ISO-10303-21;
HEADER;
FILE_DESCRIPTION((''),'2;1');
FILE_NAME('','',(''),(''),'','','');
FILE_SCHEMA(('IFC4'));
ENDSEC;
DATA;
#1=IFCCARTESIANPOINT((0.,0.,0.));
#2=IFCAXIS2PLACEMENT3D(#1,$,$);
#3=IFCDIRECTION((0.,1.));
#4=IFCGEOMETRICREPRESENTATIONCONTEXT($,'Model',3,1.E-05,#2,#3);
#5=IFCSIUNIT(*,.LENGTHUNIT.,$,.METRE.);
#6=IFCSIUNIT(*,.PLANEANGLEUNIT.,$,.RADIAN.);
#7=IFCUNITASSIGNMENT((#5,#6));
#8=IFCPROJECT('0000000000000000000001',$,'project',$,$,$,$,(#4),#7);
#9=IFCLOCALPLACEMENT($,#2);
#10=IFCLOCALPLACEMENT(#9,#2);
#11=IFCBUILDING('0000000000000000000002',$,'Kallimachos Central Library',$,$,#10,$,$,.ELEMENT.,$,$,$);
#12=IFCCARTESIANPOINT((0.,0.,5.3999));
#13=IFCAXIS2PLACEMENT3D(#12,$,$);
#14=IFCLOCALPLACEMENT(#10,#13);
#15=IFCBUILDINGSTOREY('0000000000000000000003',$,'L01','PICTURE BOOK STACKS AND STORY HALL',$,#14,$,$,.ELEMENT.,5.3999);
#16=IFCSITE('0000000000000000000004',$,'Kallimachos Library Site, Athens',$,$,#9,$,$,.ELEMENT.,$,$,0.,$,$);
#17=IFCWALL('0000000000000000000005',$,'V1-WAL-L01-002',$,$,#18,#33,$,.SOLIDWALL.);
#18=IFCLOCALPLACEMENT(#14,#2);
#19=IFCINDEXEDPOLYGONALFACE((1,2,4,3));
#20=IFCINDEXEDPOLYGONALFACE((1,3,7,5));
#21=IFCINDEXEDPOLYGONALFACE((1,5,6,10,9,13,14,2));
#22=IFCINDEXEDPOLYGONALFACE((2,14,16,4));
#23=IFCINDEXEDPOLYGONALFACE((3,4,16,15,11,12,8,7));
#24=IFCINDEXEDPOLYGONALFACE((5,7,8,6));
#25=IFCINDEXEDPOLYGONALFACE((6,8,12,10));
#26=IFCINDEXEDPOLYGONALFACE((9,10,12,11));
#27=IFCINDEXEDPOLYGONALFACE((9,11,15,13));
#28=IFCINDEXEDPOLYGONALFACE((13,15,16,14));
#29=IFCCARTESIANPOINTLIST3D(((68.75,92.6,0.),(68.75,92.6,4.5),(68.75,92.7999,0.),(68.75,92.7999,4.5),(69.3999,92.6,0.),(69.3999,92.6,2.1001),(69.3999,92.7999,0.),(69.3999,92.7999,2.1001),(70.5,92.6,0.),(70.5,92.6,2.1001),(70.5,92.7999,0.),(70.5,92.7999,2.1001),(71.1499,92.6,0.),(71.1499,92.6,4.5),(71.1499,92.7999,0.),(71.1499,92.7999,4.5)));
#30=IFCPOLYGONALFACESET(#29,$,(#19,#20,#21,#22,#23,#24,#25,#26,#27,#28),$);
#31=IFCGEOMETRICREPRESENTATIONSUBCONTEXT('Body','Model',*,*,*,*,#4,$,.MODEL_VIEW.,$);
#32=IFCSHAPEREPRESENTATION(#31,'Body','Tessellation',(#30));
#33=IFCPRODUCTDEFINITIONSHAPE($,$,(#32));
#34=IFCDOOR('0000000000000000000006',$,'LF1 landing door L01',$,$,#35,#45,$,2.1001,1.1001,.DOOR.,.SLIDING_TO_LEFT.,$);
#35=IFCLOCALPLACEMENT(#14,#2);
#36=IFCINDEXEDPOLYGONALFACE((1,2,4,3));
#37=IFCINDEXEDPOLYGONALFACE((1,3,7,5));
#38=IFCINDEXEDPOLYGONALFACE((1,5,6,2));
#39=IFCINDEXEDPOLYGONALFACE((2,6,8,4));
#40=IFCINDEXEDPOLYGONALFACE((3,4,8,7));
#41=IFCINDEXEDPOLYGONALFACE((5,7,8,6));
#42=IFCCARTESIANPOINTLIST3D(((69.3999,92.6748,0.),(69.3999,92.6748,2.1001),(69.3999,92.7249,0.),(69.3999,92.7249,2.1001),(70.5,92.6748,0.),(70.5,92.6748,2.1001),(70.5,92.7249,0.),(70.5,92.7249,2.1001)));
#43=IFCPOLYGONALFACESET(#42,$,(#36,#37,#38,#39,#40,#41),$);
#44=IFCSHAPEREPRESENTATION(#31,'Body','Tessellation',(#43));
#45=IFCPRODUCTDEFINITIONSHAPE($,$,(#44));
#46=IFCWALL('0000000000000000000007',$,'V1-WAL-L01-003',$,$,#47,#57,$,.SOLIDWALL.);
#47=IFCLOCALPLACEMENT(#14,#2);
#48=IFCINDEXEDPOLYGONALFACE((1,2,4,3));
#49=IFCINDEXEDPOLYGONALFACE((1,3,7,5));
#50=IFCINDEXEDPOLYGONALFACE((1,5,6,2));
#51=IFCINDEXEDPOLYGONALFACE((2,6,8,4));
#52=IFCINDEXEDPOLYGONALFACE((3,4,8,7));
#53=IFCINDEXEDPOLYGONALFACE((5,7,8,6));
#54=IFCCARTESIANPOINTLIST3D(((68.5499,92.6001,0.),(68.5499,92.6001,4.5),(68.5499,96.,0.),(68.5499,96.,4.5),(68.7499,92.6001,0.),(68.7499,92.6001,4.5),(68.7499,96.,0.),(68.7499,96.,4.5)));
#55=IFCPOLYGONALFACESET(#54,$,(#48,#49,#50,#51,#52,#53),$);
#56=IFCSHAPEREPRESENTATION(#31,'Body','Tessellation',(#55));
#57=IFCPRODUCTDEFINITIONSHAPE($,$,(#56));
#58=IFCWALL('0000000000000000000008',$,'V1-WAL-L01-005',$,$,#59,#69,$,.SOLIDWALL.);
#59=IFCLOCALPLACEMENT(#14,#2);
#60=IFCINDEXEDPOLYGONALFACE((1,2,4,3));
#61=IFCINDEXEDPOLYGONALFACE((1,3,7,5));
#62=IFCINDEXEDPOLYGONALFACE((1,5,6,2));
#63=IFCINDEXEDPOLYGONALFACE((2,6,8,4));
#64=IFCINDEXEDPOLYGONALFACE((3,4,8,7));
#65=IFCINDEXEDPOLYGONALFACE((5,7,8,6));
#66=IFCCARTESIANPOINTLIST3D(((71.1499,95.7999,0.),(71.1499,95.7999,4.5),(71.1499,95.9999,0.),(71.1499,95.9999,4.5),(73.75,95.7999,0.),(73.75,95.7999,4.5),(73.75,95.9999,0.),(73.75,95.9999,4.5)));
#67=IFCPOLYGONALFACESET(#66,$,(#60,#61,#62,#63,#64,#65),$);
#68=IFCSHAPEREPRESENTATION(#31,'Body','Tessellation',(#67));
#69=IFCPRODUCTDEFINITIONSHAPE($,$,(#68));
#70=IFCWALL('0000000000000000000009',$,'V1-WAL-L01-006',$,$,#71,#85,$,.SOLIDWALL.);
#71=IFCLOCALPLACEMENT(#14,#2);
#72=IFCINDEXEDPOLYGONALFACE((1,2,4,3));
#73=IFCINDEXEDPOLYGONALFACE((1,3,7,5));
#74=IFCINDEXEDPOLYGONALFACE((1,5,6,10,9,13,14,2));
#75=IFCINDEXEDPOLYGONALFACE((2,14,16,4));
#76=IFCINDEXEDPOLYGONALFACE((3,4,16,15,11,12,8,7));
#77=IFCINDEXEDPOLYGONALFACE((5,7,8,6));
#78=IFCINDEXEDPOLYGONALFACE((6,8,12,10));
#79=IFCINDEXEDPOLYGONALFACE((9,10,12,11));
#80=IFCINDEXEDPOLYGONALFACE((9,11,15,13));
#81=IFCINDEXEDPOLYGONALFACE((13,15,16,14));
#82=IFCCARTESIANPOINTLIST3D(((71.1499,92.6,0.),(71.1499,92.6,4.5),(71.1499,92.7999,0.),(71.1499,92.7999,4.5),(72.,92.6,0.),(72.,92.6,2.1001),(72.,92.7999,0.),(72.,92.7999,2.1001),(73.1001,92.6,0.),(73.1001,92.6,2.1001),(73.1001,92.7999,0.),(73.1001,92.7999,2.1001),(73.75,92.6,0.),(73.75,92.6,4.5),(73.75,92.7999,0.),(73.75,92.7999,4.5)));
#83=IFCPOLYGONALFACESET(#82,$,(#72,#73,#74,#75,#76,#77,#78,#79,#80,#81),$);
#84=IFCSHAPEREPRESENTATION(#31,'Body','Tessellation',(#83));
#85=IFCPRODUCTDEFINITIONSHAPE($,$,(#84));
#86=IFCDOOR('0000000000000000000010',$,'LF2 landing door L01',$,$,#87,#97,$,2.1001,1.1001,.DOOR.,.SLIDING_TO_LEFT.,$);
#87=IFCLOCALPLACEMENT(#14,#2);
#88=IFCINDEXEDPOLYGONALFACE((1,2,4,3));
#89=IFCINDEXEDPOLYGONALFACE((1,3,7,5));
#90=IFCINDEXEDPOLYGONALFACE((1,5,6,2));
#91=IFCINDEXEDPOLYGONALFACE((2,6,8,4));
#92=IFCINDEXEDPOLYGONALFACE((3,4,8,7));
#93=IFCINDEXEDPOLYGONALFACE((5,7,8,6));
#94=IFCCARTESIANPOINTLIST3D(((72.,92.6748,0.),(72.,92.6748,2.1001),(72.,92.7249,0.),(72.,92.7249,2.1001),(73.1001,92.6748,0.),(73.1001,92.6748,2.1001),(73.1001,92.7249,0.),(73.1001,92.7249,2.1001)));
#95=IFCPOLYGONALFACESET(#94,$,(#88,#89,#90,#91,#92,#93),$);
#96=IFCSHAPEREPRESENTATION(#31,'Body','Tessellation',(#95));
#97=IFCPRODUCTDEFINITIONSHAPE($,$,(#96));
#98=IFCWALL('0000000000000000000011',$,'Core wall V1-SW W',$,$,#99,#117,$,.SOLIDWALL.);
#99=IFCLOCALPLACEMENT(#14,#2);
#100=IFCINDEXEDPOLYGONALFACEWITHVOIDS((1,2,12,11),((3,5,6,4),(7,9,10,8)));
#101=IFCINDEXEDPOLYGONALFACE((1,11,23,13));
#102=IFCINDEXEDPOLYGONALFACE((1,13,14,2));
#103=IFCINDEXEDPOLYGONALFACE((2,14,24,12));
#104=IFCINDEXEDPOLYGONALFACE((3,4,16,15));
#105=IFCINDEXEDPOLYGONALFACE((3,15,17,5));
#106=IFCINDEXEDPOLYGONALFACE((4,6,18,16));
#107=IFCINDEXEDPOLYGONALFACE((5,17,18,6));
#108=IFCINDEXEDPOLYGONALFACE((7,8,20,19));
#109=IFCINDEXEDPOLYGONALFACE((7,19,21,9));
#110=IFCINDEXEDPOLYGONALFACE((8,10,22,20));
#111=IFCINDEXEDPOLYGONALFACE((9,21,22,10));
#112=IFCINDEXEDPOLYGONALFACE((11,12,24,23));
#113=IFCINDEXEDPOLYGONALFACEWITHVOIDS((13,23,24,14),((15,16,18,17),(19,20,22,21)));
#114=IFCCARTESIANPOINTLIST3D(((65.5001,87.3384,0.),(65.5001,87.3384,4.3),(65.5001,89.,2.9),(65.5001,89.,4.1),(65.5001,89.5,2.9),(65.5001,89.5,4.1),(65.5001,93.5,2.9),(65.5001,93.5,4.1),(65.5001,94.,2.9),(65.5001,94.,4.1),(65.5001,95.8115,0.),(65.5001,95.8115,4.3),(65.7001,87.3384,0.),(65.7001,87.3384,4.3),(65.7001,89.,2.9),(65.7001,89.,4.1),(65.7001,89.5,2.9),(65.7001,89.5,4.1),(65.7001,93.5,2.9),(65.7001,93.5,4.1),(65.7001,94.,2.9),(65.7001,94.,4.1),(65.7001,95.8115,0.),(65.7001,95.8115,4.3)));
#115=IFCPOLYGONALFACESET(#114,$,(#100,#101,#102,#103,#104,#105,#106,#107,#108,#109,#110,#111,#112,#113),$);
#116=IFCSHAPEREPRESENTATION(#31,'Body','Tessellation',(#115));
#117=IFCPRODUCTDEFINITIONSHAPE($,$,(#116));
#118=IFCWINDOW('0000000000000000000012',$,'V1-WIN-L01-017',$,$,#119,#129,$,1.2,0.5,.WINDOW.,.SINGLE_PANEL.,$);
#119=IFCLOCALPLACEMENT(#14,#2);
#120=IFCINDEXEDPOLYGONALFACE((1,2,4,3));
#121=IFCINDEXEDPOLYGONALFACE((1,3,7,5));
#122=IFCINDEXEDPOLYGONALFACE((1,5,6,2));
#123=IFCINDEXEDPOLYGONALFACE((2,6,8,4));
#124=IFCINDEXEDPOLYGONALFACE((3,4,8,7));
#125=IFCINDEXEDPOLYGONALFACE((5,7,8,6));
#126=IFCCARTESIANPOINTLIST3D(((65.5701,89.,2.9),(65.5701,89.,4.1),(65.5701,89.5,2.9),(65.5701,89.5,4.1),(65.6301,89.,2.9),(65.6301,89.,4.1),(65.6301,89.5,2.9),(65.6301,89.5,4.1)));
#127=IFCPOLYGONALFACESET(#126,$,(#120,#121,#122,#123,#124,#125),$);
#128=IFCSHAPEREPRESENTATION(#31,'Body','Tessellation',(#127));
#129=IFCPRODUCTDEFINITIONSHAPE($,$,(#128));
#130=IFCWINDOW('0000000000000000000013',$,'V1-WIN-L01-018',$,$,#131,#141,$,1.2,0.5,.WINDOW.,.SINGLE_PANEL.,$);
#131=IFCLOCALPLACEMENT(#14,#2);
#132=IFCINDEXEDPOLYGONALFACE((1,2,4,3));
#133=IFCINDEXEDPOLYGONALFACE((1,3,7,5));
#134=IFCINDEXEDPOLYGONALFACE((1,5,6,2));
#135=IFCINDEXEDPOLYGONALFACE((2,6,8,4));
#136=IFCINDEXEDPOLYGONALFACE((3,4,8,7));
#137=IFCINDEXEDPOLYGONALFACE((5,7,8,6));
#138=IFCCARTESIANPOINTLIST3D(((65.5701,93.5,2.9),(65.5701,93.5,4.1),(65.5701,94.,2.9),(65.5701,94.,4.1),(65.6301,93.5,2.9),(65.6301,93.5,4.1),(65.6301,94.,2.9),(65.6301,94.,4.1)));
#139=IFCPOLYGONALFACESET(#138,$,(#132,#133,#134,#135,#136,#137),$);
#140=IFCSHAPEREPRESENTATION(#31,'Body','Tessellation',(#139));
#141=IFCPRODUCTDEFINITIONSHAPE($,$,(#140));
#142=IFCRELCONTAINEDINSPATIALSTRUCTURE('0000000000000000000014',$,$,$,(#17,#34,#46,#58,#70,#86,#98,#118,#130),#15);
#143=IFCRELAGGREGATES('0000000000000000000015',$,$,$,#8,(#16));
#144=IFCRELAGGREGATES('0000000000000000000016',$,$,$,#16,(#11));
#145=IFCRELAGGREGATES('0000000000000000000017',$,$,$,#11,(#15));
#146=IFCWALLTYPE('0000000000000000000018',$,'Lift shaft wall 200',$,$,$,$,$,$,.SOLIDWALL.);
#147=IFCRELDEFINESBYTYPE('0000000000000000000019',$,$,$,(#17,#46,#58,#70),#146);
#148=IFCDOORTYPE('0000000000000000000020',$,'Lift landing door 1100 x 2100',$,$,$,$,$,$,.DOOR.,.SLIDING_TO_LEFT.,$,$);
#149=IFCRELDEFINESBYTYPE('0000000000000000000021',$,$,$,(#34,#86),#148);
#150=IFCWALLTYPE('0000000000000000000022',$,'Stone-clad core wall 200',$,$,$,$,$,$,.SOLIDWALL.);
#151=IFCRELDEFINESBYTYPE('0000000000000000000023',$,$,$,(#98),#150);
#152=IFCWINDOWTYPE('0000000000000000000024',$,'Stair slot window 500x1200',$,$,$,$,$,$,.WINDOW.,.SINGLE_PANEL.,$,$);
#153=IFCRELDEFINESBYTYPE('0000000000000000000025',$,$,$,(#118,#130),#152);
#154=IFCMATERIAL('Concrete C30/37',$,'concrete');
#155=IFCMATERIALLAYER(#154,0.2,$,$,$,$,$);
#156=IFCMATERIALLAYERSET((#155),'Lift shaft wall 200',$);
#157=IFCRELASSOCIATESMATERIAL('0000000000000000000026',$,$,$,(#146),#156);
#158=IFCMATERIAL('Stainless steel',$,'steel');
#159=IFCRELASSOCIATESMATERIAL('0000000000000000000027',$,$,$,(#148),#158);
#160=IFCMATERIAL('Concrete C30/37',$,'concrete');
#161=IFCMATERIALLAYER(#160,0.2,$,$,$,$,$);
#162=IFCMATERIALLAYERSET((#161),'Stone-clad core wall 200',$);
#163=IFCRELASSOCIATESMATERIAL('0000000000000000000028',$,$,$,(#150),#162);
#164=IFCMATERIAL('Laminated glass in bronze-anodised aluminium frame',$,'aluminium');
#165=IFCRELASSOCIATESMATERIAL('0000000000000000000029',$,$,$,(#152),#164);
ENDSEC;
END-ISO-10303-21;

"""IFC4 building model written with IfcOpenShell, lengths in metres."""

from ifc_helpers import new_model, si_unit, direction, frame, frame_2d, origin, place, context, subcontext, project, spatial, rectangle, extrude, material, layer, layer_set, type_object, element, fill, save


model = new_model("IFC4")

# Units and contexts
model_context = context("Model", 3, precision=1e-05, world=origin(), true_north=direction((0.0, 1.0)))
body_context = subcontext(model_context, "Body", "Model", "MODEL_VIEW")
ifc_project = project(units=[si_unit("LENGTHUNIT", "METRE"), si_unit("PLANEANGLEUNIT", "RADIAN")], contexts=[model_context])

# Site, building, storey
site_placement = place(None, origin())
site = spatial("IfcSite", under=ifc_project, at=site_placement, Name="Kallimachos Library Site, Athens", CompositionType="ELEMENT", RefElevation=0.0)
building_placement = place(site_placement, origin())
building = spatial("IfcBuilding", under=site, at=building_placement, Name="Kallimachos Central Library", CompositionType="ELEMENT")
storey_placement = place(building_placement, frame((0.0, 0.0, 5.3999)))
storey = spatial("IfcBuildingStorey", under=building, at=storey_placement, Name="L01", Description="PICTURE BOOK STACKS AND STORY HALL", CompositionType="ELEMENT", Elevation=5.3999)

# Shared definitions
ifc_material_1 = material(Name="Concrete C30/37", Category="concrete")
ifc_layer_1 = layer(ifc_material_1, 0.2)
ifc_layer_set_1 = layer_set([ifc_layer_1], Name="Lift shaft wall 200")
wall_type_1 = type_object("IfcWallType", Name="Lift shaft wall 200", PredefinedType="SOLIDWALL", material=ifc_layer_set_1)

# Wall, opening, door
wall_1_placement = place(storey_placement, frame((68.75, 92.7, 0.0), z_axis=(0.0, 0.0, 1.0), x_axis=(1.0, 0.0, 0.0)))
wall_1 = element("IfcWall", 1, at=wall_1_placement, inside=storey, type_object=wall_type_1, Name="V1-WAL-L01-002", PredefinedType="SOLIDWALL", context=body_context, shape_type="SweptSolid", body=[
    extrude(rectangle(XDim=2.3999, YDim=0.2, at=frame_2d((1.2, 0.0))), origin(), (0.0, 0.0, 1.0), 4.5),
])
opening_1_placement = place(wall_1_placement, frame((0.6499, 0.0, 0.0)))
opening_1 = element("IfcOpeningElement", 2, at=opening_1_placement, cuts=wall_1, PredefinedType="OPENING", context=body_context, shape_type="SweptSolid", body=[
    extrude(rectangle(XDim=1.1001, YDim=2.1001, at=frame_2d((0.55, 1.05))), frame((0.0, 0.1099, 0.0), z_axis=(0.0, -1.0, 0.0), x_axis=(1.0, 0.0, 0.0)), (0.0, 0.0, 1.0), 0.22),
])
ifc_material_2 = material(Name="Stainless steel", Category="steel")
door_type = type_object("IfcDoorType", Name="Lift landing door 1100 x 2100", OperationType="SLIDING_TO_LEFT", PredefinedType="DOOR", material=ifc_material_2)
door_1_placement = place(opening_1_placement, origin())
door_1 = element("IfcDoor", 3, at=door_1_placement, inside=storey, type_object=door_type, Name="LF1 landing door L01", OperationType="SLIDING_TO_LEFT", OverallHeight=2.1001, OverallWidth=1.1001, PredefinedType="DOOR", context=body_context, shape_type="SweptSolid", body=[
    extrude(rectangle(XDim=1.1001, YDim=2.1001, at=frame_2d((0.55, 1.05))), frame((0.0, 0.0249, 0.0), z_axis=(0.0, -1.0, 0.0), x_axis=(1.0, 0.0, 0.0)), (0.0, 0.0, 1.0), 0.05),
])
fill(opening_1, door_1)

# Walls
wall_2_placement = place(storey_placement, frame((68.6499, 92.6001, 0.0), z_axis=(0.0, 0.0, 1.0), x_axis=(0.0, 1.0, 0.0)))
element("IfcWall", 4, at=wall_2_placement, inside=storey, type_object=wall_type_1, Name="V1-WAL-L01-003", PredefinedType="SOLIDWALL", context=body_context, shape_type="SweptSolid", body=[
    extrude(rectangle(XDim=3.3999, YDim=0.2, at=frame_2d((1.7, 0.0))), origin(), (0.0, 0.0, 1.0), 4.5),
])
wall_3_placement = place(storey_placement, frame((71.1499, 95.8999, 0.0), z_axis=(0.0, 0.0, 1.0), x_axis=(1.0, 0.0, 0.0)))
element("IfcWall", 5, at=wall_3_placement, inside=storey, type_object=wall_type_1, Name="V1-WAL-L01-005", PredefinedType="SOLIDWALL", context=body_context, shape_type="SweptSolid", body=[
    extrude(rectangle(XDim=2.6001, YDim=0.2, at=frame_2d((1.3, 0.0))), origin(), (0.0, 0.0, 1.0), 4.5),
])

# Wall, opening, door
wall_4_placement = place(storey_placement, frame((71.1499, 92.7, 0.0), z_axis=(0.0, 0.0, 1.0), x_axis=(1.0, 0.0, 0.0)))
wall_4 = element("IfcWall", 6, at=wall_4_placement, inside=storey, type_object=wall_type_1, Name="V1-WAL-L01-006", PredefinedType="SOLIDWALL", context=body_context, shape_type="SweptSolid", body=[
    extrude(rectangle(XDim=2.6001, YDim=0.2, at=frame_2d((1.3, 0.0))), origin(), (0.0, 0.0, 1.0), 4.5),
])
opening_2_placement = place(wall_4_placement, frame((0.8501, 0.0, 0.0)))
opening_2 = element("IfcOpeningElement", 7, at=opening_2_placement, cuts=wall_4, PredefinedType="OPENING", context=body_context, shape_type="SweptSolid", body=[
    extrude(rectangle(XDim=1.1001, YDim=2.1001, at=frame_2d((0.55, 1.05))), frame((0.0, 0.1099, 0.0), z_axis=(0.0, -1.0, 0.0), x_axis=(1.0, 0.0, 0.0)), (0.0, 0.0, 1.0), 0.22),
])
door_2_placement = place(opening_2_placement, origin())
door_2 = element("IfcDoor", 8, at=door_2_placement, inside=storey, type_object=door_type, Name="LF2 landing door L01", OperationType="SLIDING_TO_LEFT", OverallHeight=2.1001, OverallWidth=1.1001, PredefinedType="DOOR", context=body_context, shape_type="SweptSolid", body=[
    extrude(rectangle(XDim=1.1001, YDim=2.1001, at=frame_2d((0.55, 1.05))), frame((0.0, 0.0249, 0.0), z_axis=(0.0, -1.0, 0.0), x_axis=(1.0, 0.0, 0.0)), (0.0, 0.0, 1.0), 0.05),
])
fill(opening_2, door_2)

# Wall, openings, windows
ifc_material_3 = material(Name="Concrete C30/37", Category="concrete")
ifc_layer_2 = layer(ifc_material_3, 0.2)
ifc_layer_set_2 = layer_set([ifc_layer_2], Name="Stone-clad core wall 200")
wall_type_2 = type_object("IfcWallType", Name="Stone-clad core wall 200", PredefinedType="SOLIDWALL", material=ifc_layer_set_2)
wall_5_placement = place(storey_placement, frame((65.6001, 87.3384, 0.0), z_axis=(0.0, 0.0, 1.0), x_axis=(0.0, 1.0, 0.0)))
wall_5 = element("IfcWall", 9, at=wall_5_placement, inside=storey, type_object=wall_type_2, Name="Core wall V1-SW W", PredefinedType="SOLIDWALL", context=body_context, shape_type="SweptSolid", body=[
    extrude(rectangle(XDim=8.4731, YDim=0.2, at=frame_2d((4.2366, 0.0))), origin(), (0.0, 0.0, 1.0), 4.3),
])
opening_3_placement = place(wall_5_placement, frame((1.6616, 0.0, 2.8999)))
opening_3 = element("IfcOpeningElement", 10, at=opening_3_placement, cuts=wall_5, PredefinedType="OPENING", context=body_context, shape_type="SweptSolid", body=[
    extrude(rectangle(XDim=0.5, YDim=1.2, at=frame_2d((0.25, 0.6001))), frame((0.0, 0.1099, 0.0), z_axis=(0.0, -1.0, 0.0), x_axis=(1.0, 0.0, 0.0)), (0.0, 0.0, 1.0), 0.22),
])
opening_4_placement = place(wall_5_placement, frame((6.1616, 0.0, 2.8999)))
opening_4 = element("IfcOpeningElement", 11, at=opening_4_placement, cuts=wall_5, PredefinedType="OPENING", context=body_context, shape_type="SweptSolid", body=[
    extrude(rectangle(XDim=0.5, YDim=1.2, at=frame_2d((0.25, 0.6001))), frame((0.0, 0.1099, 0.0), z_axis=(0.0, -1.0, 0.0), x_axis=(1.0, 0.0, 0.0)), (0.0, 0.0, 1.0), 0.22),
])
ifc_material_4 = material(Name="Laminated glass in bronze-anodised aluminium frame", Category="aluminium")
window_type = type_object("IfcWindowType", Name="Stair slot window 500x1200", PartitioningType="SINGLE_PANEL", PredefinedType="WINDOW", material=ifc_material_4)
window_1_placement = place(opening_3_placement, origin())
window_1 = element("IfcWindow", 12, at=window_1_placement, inside=storey, type_object=window_type, Name="V1-WIN-L01-017", OverallHeight=1.2, OverallWidth=0.5, PartitioningType="SINGLE_PANEL", PredefinedType="WINDOW", context=body_context, shape_type="SweptSolid", body=[
    extrude(rectangle(XDim=0.5, YDim=1.2, at=frame_2d((0.25, 0.6001))), frame((0.0, 0.03, 0.0), z_axis=(0.0, -1.0, 0.0), x_axis=(1.0, 0.0, 0.0)), (0.0, 0.0, 1.0), 0.0601),
])
fill(opening_3, window_1)
window_2_placement = place(opening_4_placement, origin())
window_2 = element("IfcWindow", 13, at=window_2_placement, inside=storey, type_object=window_type, Name="V1-WIN-L01-018", OverallHeight=1.2, OverallWidth=0.5, PartitioningType="SINGLE_PANEL", PredefinedType="WINDOW", context=body_context, shape_type="SweptSolid", body=[
    extrude(rectangle(XDim=0.5, YDim=1.2, at=frame_2d((0.25, 0.6001))), frame((0.0, 0.03, 0.0), z_axis=(0.0, -1.0, 0.0), x_axis=(1.0, 0.0, 0.0)), (0.0, 0.0, 1.0), 0.0601),
])
fill(opening_4, window_2)

save(model, "model.ifc")
